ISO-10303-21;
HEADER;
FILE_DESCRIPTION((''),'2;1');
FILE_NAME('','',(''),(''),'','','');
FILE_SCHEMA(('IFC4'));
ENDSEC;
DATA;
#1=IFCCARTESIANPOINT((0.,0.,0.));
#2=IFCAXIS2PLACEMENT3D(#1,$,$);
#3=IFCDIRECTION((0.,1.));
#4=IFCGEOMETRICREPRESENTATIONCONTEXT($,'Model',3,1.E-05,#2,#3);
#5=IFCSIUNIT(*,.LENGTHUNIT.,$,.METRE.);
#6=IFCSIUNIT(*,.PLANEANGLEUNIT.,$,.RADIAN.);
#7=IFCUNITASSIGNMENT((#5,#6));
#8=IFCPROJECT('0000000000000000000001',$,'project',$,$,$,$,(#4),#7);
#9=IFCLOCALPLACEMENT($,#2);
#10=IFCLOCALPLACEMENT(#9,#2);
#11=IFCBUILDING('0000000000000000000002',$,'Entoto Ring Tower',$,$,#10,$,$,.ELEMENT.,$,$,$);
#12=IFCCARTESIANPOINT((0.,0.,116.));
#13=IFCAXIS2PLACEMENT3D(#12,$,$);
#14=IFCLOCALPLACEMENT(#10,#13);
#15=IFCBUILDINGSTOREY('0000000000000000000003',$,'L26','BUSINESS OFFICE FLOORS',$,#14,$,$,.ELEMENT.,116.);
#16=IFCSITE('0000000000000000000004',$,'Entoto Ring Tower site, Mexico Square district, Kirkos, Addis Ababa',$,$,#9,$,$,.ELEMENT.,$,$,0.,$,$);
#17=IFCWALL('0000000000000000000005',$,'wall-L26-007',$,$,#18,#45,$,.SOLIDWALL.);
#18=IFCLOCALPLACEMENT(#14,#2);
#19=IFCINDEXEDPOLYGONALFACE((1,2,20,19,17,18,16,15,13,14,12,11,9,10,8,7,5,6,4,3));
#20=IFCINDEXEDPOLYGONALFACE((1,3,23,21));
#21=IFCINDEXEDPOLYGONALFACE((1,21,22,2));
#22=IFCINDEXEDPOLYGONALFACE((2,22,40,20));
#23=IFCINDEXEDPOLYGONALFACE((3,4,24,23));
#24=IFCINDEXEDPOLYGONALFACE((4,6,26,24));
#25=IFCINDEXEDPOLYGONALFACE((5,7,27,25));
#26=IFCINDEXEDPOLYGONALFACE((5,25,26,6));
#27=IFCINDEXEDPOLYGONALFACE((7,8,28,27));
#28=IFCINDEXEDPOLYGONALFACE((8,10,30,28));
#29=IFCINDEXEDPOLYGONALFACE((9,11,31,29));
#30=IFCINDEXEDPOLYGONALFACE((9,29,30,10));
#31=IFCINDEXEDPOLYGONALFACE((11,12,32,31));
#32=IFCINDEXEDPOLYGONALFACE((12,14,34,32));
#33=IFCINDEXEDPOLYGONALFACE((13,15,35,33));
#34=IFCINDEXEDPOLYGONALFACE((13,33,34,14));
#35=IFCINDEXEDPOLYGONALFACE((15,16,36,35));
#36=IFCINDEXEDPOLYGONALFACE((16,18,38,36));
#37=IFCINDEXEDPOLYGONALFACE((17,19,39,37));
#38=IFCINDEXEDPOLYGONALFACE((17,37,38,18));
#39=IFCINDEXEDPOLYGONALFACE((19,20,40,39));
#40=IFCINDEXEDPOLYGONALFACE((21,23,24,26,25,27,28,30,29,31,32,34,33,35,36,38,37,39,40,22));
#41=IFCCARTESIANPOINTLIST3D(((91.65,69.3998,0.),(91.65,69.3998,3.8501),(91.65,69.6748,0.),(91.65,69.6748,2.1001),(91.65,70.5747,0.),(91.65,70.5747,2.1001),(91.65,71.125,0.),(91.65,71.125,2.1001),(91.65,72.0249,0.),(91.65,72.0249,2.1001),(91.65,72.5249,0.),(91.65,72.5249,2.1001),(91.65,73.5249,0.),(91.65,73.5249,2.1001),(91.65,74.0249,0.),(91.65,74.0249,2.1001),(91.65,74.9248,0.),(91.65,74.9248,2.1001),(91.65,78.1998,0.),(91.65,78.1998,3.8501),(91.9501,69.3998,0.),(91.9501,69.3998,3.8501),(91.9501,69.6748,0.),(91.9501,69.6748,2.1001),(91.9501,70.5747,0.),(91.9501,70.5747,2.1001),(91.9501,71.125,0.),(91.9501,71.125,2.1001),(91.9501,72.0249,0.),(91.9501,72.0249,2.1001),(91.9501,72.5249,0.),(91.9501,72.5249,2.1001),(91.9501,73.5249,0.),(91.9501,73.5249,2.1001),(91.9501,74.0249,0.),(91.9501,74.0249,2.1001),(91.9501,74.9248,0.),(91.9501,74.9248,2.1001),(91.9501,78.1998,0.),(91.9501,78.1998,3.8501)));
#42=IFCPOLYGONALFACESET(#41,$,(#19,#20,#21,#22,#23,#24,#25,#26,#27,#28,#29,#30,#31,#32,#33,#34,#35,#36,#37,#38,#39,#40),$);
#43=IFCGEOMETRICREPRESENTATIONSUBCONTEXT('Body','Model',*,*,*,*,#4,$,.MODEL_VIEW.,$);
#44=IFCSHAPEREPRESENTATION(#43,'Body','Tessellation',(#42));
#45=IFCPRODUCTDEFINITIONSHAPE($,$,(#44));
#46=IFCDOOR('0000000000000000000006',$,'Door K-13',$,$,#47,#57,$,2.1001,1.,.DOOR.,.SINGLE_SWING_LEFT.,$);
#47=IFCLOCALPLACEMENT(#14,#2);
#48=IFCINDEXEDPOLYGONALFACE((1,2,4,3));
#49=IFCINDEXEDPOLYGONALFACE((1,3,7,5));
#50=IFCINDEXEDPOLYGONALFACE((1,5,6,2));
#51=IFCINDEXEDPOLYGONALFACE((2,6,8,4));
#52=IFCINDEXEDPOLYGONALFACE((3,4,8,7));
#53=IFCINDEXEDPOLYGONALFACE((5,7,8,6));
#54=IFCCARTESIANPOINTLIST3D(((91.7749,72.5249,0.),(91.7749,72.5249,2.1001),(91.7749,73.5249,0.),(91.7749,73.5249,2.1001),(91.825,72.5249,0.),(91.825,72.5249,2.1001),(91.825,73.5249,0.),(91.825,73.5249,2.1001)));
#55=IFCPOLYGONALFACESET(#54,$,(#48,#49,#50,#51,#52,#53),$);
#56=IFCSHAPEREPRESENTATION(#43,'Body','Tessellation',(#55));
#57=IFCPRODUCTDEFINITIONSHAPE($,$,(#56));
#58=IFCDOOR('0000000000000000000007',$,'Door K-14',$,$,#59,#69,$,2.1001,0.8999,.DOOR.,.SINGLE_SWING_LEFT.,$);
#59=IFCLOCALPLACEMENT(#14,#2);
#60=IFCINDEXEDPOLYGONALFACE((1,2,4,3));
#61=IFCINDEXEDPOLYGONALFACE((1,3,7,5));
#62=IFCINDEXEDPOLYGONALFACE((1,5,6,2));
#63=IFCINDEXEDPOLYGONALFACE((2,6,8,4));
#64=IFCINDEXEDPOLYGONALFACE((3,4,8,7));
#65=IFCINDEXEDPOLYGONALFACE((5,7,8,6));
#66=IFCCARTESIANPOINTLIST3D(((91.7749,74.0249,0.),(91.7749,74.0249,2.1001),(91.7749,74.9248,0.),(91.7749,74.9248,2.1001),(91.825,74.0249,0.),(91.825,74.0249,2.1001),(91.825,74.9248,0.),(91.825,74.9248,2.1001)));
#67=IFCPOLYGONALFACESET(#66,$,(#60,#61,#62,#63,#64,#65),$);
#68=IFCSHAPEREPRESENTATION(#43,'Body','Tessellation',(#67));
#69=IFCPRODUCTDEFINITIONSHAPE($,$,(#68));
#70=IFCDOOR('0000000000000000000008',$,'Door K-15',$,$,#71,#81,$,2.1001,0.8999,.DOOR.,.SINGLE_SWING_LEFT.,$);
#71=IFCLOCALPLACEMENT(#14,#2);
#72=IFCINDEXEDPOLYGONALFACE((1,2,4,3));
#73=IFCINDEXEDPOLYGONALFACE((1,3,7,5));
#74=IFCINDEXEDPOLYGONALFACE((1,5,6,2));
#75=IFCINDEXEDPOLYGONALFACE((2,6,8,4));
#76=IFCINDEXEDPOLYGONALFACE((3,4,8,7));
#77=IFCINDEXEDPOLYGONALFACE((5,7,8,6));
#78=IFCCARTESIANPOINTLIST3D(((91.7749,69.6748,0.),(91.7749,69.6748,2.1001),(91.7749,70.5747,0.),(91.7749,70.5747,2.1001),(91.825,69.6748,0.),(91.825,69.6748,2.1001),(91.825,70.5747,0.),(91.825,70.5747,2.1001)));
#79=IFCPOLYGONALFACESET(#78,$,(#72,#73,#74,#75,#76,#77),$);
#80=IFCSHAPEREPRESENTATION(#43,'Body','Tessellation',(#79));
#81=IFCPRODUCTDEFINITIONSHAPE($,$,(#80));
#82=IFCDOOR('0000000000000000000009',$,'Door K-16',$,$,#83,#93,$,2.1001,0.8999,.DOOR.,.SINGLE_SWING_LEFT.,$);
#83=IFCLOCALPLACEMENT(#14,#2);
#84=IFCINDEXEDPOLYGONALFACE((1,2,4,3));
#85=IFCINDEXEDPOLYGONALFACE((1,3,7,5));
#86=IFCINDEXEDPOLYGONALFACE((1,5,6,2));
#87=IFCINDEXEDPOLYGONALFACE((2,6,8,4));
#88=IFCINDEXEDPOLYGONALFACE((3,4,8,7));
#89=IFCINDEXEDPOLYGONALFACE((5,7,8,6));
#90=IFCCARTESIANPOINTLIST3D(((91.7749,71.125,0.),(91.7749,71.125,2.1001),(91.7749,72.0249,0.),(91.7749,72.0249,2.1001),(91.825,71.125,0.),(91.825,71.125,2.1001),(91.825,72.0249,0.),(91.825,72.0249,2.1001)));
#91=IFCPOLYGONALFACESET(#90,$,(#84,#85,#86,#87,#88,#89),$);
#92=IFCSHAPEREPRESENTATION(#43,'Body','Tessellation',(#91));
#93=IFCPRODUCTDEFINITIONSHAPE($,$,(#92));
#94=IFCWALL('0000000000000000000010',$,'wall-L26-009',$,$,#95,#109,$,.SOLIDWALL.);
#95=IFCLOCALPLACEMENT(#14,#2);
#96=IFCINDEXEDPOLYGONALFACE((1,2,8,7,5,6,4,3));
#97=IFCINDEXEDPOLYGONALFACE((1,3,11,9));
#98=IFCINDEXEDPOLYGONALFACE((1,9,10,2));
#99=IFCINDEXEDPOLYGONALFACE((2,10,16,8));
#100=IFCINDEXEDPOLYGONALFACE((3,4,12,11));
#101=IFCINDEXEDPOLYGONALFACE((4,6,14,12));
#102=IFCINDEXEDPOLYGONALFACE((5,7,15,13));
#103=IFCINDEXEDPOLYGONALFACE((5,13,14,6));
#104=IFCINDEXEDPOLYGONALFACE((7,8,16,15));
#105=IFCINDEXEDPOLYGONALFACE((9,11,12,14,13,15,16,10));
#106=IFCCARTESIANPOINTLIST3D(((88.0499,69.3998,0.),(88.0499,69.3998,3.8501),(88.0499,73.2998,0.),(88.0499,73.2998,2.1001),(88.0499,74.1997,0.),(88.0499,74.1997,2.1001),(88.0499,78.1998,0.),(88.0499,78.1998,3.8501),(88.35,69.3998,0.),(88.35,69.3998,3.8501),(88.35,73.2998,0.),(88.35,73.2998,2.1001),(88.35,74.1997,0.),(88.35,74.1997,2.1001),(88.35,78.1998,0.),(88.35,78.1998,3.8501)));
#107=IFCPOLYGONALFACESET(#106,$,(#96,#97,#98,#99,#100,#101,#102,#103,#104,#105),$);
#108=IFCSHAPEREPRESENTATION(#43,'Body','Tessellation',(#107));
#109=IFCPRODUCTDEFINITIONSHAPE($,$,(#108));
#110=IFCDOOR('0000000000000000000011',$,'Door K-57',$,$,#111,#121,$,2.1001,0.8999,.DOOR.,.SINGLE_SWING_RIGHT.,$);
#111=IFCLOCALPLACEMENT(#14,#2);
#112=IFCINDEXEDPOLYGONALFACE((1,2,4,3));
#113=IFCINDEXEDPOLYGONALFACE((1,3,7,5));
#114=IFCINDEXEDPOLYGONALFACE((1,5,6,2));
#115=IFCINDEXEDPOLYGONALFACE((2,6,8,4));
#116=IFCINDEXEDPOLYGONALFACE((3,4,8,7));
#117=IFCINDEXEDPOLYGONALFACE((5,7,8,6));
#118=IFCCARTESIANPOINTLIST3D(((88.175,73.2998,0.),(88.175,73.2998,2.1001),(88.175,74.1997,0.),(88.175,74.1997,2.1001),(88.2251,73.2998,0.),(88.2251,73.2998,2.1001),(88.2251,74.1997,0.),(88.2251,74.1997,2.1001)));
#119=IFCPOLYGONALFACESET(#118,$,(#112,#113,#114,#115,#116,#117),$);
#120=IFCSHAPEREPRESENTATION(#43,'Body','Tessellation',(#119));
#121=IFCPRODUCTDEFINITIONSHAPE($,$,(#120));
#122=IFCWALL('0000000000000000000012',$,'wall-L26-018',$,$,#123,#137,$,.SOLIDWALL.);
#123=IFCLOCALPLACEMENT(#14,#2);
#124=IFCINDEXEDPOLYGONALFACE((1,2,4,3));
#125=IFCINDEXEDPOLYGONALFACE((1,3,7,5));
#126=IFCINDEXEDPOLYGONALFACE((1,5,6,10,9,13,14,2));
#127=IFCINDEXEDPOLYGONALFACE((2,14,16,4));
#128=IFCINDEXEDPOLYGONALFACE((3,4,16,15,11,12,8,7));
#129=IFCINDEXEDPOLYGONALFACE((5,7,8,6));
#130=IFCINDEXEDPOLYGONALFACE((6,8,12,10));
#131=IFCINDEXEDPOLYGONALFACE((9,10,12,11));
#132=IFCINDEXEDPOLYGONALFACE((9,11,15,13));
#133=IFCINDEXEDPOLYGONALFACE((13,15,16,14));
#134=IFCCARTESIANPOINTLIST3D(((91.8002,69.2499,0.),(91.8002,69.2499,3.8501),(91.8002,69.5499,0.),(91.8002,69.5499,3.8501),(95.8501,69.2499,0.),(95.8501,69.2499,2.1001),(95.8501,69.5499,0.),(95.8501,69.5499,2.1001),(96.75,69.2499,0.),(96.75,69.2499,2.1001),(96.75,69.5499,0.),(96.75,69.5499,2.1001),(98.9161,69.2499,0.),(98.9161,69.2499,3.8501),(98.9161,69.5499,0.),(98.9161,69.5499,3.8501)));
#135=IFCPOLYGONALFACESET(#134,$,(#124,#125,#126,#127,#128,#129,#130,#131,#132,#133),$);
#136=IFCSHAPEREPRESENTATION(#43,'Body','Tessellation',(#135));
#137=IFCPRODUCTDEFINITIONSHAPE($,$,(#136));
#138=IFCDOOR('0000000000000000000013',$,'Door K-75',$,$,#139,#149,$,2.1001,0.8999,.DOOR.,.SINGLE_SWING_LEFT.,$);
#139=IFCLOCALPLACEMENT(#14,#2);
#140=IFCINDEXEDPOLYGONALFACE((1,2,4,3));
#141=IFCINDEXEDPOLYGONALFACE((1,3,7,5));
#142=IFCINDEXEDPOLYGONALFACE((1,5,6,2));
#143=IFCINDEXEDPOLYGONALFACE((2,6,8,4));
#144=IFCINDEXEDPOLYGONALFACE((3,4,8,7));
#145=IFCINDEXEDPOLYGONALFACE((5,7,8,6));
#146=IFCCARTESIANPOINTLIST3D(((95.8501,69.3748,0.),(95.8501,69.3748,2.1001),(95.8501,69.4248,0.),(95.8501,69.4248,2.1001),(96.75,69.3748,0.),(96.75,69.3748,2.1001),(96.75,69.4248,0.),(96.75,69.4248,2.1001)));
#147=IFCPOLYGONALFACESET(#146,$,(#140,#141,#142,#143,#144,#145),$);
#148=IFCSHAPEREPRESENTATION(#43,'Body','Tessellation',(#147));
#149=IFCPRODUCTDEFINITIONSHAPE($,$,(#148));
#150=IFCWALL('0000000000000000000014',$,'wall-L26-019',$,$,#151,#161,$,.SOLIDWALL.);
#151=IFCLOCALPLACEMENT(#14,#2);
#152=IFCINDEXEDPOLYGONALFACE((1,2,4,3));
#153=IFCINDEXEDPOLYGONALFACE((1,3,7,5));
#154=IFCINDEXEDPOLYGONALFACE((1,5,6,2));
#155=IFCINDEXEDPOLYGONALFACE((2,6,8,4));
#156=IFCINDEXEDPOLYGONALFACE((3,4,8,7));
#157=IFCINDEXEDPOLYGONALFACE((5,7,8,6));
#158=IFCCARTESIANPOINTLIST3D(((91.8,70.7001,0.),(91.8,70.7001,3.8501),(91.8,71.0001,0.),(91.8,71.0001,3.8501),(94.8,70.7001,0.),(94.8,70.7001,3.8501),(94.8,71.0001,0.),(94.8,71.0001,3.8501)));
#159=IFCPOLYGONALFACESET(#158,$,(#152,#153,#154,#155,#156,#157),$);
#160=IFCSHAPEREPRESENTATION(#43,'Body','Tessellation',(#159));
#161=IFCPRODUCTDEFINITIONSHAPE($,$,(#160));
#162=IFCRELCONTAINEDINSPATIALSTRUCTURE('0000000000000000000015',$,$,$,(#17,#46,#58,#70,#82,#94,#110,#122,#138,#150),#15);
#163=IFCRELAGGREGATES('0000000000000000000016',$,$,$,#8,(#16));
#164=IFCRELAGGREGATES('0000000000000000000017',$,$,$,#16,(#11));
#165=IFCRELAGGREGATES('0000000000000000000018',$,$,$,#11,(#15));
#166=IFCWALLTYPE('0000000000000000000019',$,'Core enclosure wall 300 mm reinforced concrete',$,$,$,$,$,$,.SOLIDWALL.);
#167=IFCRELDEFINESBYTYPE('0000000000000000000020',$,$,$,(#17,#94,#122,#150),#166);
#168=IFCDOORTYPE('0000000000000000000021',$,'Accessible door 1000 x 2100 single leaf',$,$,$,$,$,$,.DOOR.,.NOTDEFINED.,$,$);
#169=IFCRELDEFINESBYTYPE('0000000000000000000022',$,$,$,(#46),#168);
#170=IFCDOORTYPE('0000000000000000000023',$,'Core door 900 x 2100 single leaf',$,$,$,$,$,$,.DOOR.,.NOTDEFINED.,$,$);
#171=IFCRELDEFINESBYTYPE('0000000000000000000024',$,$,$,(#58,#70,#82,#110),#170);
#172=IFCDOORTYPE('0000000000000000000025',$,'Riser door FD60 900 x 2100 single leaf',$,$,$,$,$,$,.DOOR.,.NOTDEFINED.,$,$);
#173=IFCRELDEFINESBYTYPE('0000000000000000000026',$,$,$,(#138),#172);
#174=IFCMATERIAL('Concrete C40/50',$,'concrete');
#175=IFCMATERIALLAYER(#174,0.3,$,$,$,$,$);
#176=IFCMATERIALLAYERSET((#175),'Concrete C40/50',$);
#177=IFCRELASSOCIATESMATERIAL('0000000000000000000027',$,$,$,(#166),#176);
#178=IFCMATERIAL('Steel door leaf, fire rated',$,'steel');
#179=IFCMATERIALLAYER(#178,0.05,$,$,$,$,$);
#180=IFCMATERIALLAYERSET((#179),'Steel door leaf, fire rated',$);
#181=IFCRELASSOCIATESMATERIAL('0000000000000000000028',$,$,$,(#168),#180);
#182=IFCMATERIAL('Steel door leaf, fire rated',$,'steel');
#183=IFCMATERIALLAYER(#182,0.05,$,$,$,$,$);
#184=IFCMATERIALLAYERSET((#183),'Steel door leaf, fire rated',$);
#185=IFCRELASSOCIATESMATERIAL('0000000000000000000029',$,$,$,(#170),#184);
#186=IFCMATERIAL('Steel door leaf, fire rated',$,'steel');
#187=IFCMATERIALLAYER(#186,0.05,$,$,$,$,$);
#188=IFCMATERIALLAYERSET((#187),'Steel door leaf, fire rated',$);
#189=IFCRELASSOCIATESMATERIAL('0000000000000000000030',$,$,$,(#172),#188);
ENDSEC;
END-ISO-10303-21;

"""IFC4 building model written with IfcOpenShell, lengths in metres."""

from ifc_helpers import new_model, si_unit, direction, frame, frame_2d, origin, place, context, subcontext, project, spatial, rectangle, extrude, material, layer, layer_set, type_object, element, fill, save


model = new_model("IFC4")

# Units and contexts
model_context = context("Model", 3, precision=1e-05, world=origin(), true_north=direction((0.0, 1.0)))
body_context = subcontext(model_context, "Body", "Model", "MODEL_VIEW")
ifc_project = project(units=[si_unit("LENGTHUNIT", "METRE"), si_unit("PLANEANGLEUNIT", "RADIAN")], contexts=[model_context])

# Site, building, storey
site_placement = place(None, origin())
site = spatial("IfcSite", under=ifc_project, at=site_placement, Name="Entoto Ring Tower site, Mexico Square district, Kirkos, Addis Ababa", CompositionType="ELEMENT", RefElevation=0.0)
building_placement = place(site_placement, origin())
building = spatial("IfcBuilding", under=site, at=building_placement, Name="Entoto Ring Tower", CompositionType="ELEMENT")
storey_placement = place(building_placement, frame((0.0, 0.0, 116.0)))
storey = spatial("IfcBuildingStorey", under=building, at=storey_placement, Name="L26", Description="BUSINESS OFFICE FLOORS", CompositionType="ELEMENT", Elevation=116.0)

# Shared definitions
ifc_material_1 = material(Name="Concrete C40/50", Category="concrete")
ifc_layer_1 = layer(ifc_material_1, 0.3)
ifc_layer_set_1 = layer_set([ifc_layer_1], Name="Concrete C40/50")
wall_type = type_object("IfcWallType", Name="Core enclosure wall 300 mm reinforced concrete", PredefinedType="SOLIDWALL", material=ifc_layer_set_1)

# Wall, openings, doors
wall_1_placement = place(storey_placement, frame((91.8, 69.3999, 0.0), z_axis=(0.0, 0.0, 1.0), x_axis=(0.0, 1.0, 0.0)))
wall_1 = element("IfcWall", 1, at=wall_1_placement, inside=storey, type_object=wall_type, Name="wall-L26-007", PredefinedType="SOLIDWALL", context=body_context, shape_type="SweptSolid", body=[
    extrude(rectangle(XDim=8.8, YDim=0.3, at=frame_2d((4.3999, 0.0))), origin(), (0.0, 0.0, 1.0), 3.8501),
])
opening_1_placement = place(wall_1_placement, frame((3.125, 0.0, 0.0)))
opening_1 = element("IfcOpeningElement", 2, at=opening_1_placement, cuts=wall_1, PredefinedType="OPENING", context=body_context, shape_type="SweptSolid", body=[
    extrude(rectangle(XDim=1.0, YDim=2.1001, at=frame_2d((0.5, 1.05))), frame((0.0, 0.1602, 0.0), z_axis=(0.0, -1.0, 0.0), x_axis=(1.0, 0.0, 0.0)), (0.0, 0.0, 1.0), 0.3201),
])
opening_2_placement = place(wall_1_placement, frame((4.625, 0.0, 0.0)))
opening_2 = element("IfcOpeningElement", 3, at=opening_2_placement, cuts=wall_1, PredefinedType="OPENING", context=body_context, shape_type="SweptSolid", body=[
    extrude(rectangle(XDim=0.8999, YDim=2.1001, at=frame_2d((0.45, 1.05))), frame((0.0, 0.1602, 0.0), z_axis=(0.0, -1.0, 0.0), x_axis=(1.0, 0.0, 0.0)), (0.0, 0.0, 1.0), 0.3201),
])
opening_3_placement = place(wall_1_placement, frame((0.2749, 0.0, 0.0)))
opening_3 = element("IfcOpeningElement", 4, at=opening_3_placement, cuts=wall_1, PredefinedType="OPENING", context=body_context, shape_type="SweptSolid", body=[
    extrude(rectangle(XDim=0.8999, YDim=2.1001, at=frame_2d((0.45, 1.05))), frame((0.0, 0.1602, 0.0), z_axis=(0.0, -1.0, 0.0), x_axis=(1.0, 0.0, 0.0)), (0.0, 0.0, 1.0), 0.3201),
])
opening_4_placement = place(wall_1_placement, frame((1.7251, 0.0, 0.0)))
opening_4 = element("IfcOpeningElement", 5, at=opening_4_placement, cuts=wall_1, PredefinedType="OPENING", context=body_context, shape_type="SweptSolid", body=[
    extrude(rectangle(XDim=0.8999, YDim=2.1001, at=frame_2d((0.45, 1.05))), frame((0.0, 0.1602, 0.0), z_axis=(0.0, -1.0, 0.0), x_axis=(1.0, 0.0, 0.0)), (0.0, 0.0, 1.0), 0.3201),
])
ifc_material_2 = material(Name="Steel door leaf, fire rated", Category="steel")
ifc_layer_2 = layer(ifc_material_2, 0.05)
ifc_layer_set_2 = layer_set([ifc_layer_2], Name="Steel door leaf, fire rated")
door_type_1 = type_object("IfcDoorType", Name="Accessible door 1000 x 2100 single leaf", OperationType="NOTDEFINED", PredefinedType="DOOR", material=ifc_layer_set_2)
door_1_placement = place(opening_1_placement, frame((1.0, 0.0, 0.0), z_axis=(0.0, 0.0, 1.0), x_axis=(-1.0, 0.0, 0.0)))
door_1 = element("IfcDoor", 6, at=door_1_placement, inside=storey, type_object=door_type_1, Name="Door K-13", OperationType="SINGLE_SWING_LEFT", OverallHeight=2.1001, OverallWidth=1.0, PredefinedType="DOOR", context=body_context, shape_type="SweptSolid", body=[
    extrude(rectangle(XDim=1.0, YDim=2.1001, at=frame_2d((0.5, 1.05))), frame((0.0, 0.0249, 0.0), z_axis=(0.0, -1.0, 0.0), x_axis=(1.0, 0.0, 0.0)), (0.0, 0.0, 1.0), 0.05),
])
fill(opening_1, door_1)
ifc_material_3 = material(Name="Steel door leaf, fire rated", Category="steel")
ifc_layer_3 = layer(ifc_material_3, 0.05)
ifc_layer_set_3 = layer_set([ifc_layer_3], Name="Steel door leaf, fire rated")
door_type_2 = type_object("IfcDoorType", Name="Core door 900 x 2100 single leaf", OperationType="NOTDEFINED", PredefinedType="DOOR", material=ifc_layer_set_3)
door_2_placement = place(opening_2_placement, frame((0.8999, 0.0, 0.0), z_axis=(0.0, 0.0, 1.0), x_axis=(-1.0, 0.0, 0.0)))
door_2 = element("IfcDoor", 7, at=door_2_placement, inside=storey, type_object=door_type_2, Name="Door K-14", OperationType="SINGLE_SWING_LEFT", OverallHeight=2.1001, OverallWidth=0.8999, PredefinedType="DOOR", context=body_context, shape_type="SweptSolid", body=[
    extrude(rectangle(XDim=0.8999, YDim=2.1001, at=frame_2d((0.45, 1.05))), frame((0.0, 0.0249, 0.0), z_axis=(0.0, -1.0, 0.0), x_axis=(1.0, 0.0, 0.0)), (0.0, 0.0, 1.0), 0.05),
])
fill(opening_2, door_2)
door_3_placement = place(opening_3_placement, frame((0.8999, 0.0, 0.0), z_axis=(0.0, 0.0, 1.0), x_axis=(-1.0, 0.0, 0.0)))
door_3 = element("IfcDoor", 8, at=door_3_placement, inside=storey, type_object=door_type_2, Name="Door K-15", OperationType="SINGLE_SWING_LEFT", OverallHeight=2.1001, OverallWidth=0.8999, PredefinedType="DOOR", context=body_context, shape_type="SweptSolid", body=[
    extrude(rectangle(XDim=0.8999, YDim=2.1001, at=frame_2d((0.45, 1.05))), frame((0.0, 0.0249, 0.0), z_axis=(0.0, -1.0, 0.0), x_axis=(1.0, 0.0, 0.0)), (0.0, 0.0, 1.0), 0.05),
])
fill(opening_3, door_3)
door_4_placement = place(opening_4_placement, frame((0.8999, 0.0, 0.0), z_axis=(0.0, 0.0, 1.0), x_axis=(-1.0, 0.0, 0.0)))
door_4 = element("IfcDoor", 9, at=door_4_placement, inside=storey, type_object=door_type_2, Name="Door K-16", OperationType="SINGLE_SWING_LEFT", OverallHeight=2.1001, OverallWidth=0.8999, PredefinedType="DOOR", context=body_context, shape_type="SweptSolid", body=[
    extrude(rectangle(XDim=0.8999, YDim=2.1001, at=frame_2d((0.45, 1.05))), frame((0.0, 0.0249, 0.0), z_axis=(0.0, -1.0, 0.0), x_axis=(1.0, 0.0, 0.0)), (0.0, 0.0, 1.0), 0.05),
])
fill(opening_4, door_4)

# Walls, openings, doors
wall_2_placement = place(storey_placement, frame((88.2, 69.3999, 0.0), z_axis=(0.0, 0.0, 1.0), x_axis=(0.0, 1.0, 0.0)))
wall_2 = element("IfcWall", 10, at=wall_2_placement, inside=storey, type_object=wall_type, Name="wall-L26-009", PredefinedType="SOLIDWALL", context=body_context, shape_type="SweptSolid", body=[
    extrude(rectangle(XDim=8.8, YDim=0.3, at=frame_2d((4.3999, 0.0))), origin(), (0.0, 0.0, 1.0), 3.8501),
])
opening_5_placement = place(wall_2_placement, frame((3.8999, 0.0, 0.0)))
opening_5 = element("IfcOpeningElement", 11, at=opening_5_placement, cuts=wall_2, PredefinedType="OPENING", context=body_context, shape_type="SweptSolid", body=[
    extrude(rectangle(XDim=0.8999, YDim=2.1001, at=frame_2d((0.45, 1.05))), frame((0.0, 0.1602, 0.0), z_axis=(0.0, -1.0, 0.0), x_axis=(1.0, 0.0, 0.0)), (0.0, 0.0, 1.0), 0.3201),
])
door_5_placement = place(opening_5_placement, origin())
door_5 = element("IfcDoor", 12, at=door_5_placement, inside=storey, type_object=door_type_2, Name="Door K-57", OperationType="SINGLE_SWING_RIGHT", OverallHeight=2.1001, OverallWidth=0.8999, PredefinedType="DOOR", context=body_context, shape_type="SweptSolid", body=[
    extrude(rectangle(XDim=0.8999, YDim=2.1001, at=frame_2d((0.45, 1.05))), frame((0.0, 0.0249, 0.0), z_axis=(0.0, -1.0, 0.0), x_axis=(1.0, 0.0, 0.0)), (0.0, 0.0, 1.0), 0.05),
])
fill(opening_5, door_5)
wall_3_placement = place(storey_placement, frame((91.8, 69.3999, 0.0), z_axis=(0.0, 0.0, 1.0), x_axis=(1.0, 0.0, 0.0)))
wall_3 = element("IfcWall", 13, at=wall_3_placement, inside=storey, type_object=wall_type, Name="wall-L26-018", PredefinedType="SOLIDWALL", context=body_context, shape_type="SweptSolid", body=[
    extrude(rectangle(XDim=7.116, YDim=0.3, at=frame_2d((3.5581, 0.0))), origin(), (0.0, 0.0, 1.0), 3.8501),
])
opening_6_placement = place(wall_3_placement, frame((4.05, 0.0, 0.0)))
opening_6 = element("IfcOpeningElement", 14, at=opening_6_placement, cuts=wall_3, PredefinedType="OPENING", context=body_context, shape_type="SweptSolid", body=[
    extrude(rectangle(XDim=0.8999, YDim=2.1001, at=frame_2d((0.45, 1.05))), frame((0.0, 0.1602, 0.0), z_axis=(0.0, -1.0, 0.0), x_axis=(1.0, 0.0, 0.0)), (0.0, 0.0, 1.0), 0.3201),
])
ifc_material_4 = material(Name="Steel door leaf, fire rated", Category="steel")
ifc_layer_4 = layer(ifc_material_4, 0.05)
ifc_layer_set_4 = layer_set([ifc_layer_4], Name="Steel door leaf, fire rated")
door_type_3 = type_object("IfcDoorType", Name="Riser door FD60 900 x 2100 single leaf", OperationType="NOTDEFINED", PredefinedType="DOOR", material=ifc_layer_set_4)
door_6_placement = place(opening_6_placement, origin())
door_6 = element("IfcDoor", 15, at=door_6_placement, inside=storey, type_object=door_type_3, Name="Door K-75", OperationType="SINGLE_SWING_LEFT", OverallHeight=2.1001, OverallWidth=0.8999, PredefinedType="DOOR", context=body_context, shape_type="SweptSolid", body=[
    extrude(rectangle(XDim=0.8999, YDim=2.1001, at=frame_2d((0.45, 1.05))), frame((0.0, 0.0249, 0.0), z_axis=(0.0, -1.0, 0.0), x_axis=(1.0, 0.0, 0.0)), (0.0, 0.0, 1.0), 0.05),
])
fill(opening_6, door_6)

# Wall
wall_4_placement = place(storey_placement, frame((91.8, 70.8501, 0.0), z_axis=(0.0, 0.0, 1.0), x_axis=(1.0, 0.0, 0.0)))
element("IfcWall", 16, at=wall_4_placement, inside=storey, type_object=wall_type, Name="wall-L26-019", PredefinedType="SOLIDWALL", context=body_context, shape_type="SweptSolid", body=[
    extrude(rectangle(XDim=3.0, YDim=0.3, at=frame_2d((1.5, 0.0))), origin(), (0.0, 0.0, 1.0), 3.8501),
])

save(model, "model.ifc")
